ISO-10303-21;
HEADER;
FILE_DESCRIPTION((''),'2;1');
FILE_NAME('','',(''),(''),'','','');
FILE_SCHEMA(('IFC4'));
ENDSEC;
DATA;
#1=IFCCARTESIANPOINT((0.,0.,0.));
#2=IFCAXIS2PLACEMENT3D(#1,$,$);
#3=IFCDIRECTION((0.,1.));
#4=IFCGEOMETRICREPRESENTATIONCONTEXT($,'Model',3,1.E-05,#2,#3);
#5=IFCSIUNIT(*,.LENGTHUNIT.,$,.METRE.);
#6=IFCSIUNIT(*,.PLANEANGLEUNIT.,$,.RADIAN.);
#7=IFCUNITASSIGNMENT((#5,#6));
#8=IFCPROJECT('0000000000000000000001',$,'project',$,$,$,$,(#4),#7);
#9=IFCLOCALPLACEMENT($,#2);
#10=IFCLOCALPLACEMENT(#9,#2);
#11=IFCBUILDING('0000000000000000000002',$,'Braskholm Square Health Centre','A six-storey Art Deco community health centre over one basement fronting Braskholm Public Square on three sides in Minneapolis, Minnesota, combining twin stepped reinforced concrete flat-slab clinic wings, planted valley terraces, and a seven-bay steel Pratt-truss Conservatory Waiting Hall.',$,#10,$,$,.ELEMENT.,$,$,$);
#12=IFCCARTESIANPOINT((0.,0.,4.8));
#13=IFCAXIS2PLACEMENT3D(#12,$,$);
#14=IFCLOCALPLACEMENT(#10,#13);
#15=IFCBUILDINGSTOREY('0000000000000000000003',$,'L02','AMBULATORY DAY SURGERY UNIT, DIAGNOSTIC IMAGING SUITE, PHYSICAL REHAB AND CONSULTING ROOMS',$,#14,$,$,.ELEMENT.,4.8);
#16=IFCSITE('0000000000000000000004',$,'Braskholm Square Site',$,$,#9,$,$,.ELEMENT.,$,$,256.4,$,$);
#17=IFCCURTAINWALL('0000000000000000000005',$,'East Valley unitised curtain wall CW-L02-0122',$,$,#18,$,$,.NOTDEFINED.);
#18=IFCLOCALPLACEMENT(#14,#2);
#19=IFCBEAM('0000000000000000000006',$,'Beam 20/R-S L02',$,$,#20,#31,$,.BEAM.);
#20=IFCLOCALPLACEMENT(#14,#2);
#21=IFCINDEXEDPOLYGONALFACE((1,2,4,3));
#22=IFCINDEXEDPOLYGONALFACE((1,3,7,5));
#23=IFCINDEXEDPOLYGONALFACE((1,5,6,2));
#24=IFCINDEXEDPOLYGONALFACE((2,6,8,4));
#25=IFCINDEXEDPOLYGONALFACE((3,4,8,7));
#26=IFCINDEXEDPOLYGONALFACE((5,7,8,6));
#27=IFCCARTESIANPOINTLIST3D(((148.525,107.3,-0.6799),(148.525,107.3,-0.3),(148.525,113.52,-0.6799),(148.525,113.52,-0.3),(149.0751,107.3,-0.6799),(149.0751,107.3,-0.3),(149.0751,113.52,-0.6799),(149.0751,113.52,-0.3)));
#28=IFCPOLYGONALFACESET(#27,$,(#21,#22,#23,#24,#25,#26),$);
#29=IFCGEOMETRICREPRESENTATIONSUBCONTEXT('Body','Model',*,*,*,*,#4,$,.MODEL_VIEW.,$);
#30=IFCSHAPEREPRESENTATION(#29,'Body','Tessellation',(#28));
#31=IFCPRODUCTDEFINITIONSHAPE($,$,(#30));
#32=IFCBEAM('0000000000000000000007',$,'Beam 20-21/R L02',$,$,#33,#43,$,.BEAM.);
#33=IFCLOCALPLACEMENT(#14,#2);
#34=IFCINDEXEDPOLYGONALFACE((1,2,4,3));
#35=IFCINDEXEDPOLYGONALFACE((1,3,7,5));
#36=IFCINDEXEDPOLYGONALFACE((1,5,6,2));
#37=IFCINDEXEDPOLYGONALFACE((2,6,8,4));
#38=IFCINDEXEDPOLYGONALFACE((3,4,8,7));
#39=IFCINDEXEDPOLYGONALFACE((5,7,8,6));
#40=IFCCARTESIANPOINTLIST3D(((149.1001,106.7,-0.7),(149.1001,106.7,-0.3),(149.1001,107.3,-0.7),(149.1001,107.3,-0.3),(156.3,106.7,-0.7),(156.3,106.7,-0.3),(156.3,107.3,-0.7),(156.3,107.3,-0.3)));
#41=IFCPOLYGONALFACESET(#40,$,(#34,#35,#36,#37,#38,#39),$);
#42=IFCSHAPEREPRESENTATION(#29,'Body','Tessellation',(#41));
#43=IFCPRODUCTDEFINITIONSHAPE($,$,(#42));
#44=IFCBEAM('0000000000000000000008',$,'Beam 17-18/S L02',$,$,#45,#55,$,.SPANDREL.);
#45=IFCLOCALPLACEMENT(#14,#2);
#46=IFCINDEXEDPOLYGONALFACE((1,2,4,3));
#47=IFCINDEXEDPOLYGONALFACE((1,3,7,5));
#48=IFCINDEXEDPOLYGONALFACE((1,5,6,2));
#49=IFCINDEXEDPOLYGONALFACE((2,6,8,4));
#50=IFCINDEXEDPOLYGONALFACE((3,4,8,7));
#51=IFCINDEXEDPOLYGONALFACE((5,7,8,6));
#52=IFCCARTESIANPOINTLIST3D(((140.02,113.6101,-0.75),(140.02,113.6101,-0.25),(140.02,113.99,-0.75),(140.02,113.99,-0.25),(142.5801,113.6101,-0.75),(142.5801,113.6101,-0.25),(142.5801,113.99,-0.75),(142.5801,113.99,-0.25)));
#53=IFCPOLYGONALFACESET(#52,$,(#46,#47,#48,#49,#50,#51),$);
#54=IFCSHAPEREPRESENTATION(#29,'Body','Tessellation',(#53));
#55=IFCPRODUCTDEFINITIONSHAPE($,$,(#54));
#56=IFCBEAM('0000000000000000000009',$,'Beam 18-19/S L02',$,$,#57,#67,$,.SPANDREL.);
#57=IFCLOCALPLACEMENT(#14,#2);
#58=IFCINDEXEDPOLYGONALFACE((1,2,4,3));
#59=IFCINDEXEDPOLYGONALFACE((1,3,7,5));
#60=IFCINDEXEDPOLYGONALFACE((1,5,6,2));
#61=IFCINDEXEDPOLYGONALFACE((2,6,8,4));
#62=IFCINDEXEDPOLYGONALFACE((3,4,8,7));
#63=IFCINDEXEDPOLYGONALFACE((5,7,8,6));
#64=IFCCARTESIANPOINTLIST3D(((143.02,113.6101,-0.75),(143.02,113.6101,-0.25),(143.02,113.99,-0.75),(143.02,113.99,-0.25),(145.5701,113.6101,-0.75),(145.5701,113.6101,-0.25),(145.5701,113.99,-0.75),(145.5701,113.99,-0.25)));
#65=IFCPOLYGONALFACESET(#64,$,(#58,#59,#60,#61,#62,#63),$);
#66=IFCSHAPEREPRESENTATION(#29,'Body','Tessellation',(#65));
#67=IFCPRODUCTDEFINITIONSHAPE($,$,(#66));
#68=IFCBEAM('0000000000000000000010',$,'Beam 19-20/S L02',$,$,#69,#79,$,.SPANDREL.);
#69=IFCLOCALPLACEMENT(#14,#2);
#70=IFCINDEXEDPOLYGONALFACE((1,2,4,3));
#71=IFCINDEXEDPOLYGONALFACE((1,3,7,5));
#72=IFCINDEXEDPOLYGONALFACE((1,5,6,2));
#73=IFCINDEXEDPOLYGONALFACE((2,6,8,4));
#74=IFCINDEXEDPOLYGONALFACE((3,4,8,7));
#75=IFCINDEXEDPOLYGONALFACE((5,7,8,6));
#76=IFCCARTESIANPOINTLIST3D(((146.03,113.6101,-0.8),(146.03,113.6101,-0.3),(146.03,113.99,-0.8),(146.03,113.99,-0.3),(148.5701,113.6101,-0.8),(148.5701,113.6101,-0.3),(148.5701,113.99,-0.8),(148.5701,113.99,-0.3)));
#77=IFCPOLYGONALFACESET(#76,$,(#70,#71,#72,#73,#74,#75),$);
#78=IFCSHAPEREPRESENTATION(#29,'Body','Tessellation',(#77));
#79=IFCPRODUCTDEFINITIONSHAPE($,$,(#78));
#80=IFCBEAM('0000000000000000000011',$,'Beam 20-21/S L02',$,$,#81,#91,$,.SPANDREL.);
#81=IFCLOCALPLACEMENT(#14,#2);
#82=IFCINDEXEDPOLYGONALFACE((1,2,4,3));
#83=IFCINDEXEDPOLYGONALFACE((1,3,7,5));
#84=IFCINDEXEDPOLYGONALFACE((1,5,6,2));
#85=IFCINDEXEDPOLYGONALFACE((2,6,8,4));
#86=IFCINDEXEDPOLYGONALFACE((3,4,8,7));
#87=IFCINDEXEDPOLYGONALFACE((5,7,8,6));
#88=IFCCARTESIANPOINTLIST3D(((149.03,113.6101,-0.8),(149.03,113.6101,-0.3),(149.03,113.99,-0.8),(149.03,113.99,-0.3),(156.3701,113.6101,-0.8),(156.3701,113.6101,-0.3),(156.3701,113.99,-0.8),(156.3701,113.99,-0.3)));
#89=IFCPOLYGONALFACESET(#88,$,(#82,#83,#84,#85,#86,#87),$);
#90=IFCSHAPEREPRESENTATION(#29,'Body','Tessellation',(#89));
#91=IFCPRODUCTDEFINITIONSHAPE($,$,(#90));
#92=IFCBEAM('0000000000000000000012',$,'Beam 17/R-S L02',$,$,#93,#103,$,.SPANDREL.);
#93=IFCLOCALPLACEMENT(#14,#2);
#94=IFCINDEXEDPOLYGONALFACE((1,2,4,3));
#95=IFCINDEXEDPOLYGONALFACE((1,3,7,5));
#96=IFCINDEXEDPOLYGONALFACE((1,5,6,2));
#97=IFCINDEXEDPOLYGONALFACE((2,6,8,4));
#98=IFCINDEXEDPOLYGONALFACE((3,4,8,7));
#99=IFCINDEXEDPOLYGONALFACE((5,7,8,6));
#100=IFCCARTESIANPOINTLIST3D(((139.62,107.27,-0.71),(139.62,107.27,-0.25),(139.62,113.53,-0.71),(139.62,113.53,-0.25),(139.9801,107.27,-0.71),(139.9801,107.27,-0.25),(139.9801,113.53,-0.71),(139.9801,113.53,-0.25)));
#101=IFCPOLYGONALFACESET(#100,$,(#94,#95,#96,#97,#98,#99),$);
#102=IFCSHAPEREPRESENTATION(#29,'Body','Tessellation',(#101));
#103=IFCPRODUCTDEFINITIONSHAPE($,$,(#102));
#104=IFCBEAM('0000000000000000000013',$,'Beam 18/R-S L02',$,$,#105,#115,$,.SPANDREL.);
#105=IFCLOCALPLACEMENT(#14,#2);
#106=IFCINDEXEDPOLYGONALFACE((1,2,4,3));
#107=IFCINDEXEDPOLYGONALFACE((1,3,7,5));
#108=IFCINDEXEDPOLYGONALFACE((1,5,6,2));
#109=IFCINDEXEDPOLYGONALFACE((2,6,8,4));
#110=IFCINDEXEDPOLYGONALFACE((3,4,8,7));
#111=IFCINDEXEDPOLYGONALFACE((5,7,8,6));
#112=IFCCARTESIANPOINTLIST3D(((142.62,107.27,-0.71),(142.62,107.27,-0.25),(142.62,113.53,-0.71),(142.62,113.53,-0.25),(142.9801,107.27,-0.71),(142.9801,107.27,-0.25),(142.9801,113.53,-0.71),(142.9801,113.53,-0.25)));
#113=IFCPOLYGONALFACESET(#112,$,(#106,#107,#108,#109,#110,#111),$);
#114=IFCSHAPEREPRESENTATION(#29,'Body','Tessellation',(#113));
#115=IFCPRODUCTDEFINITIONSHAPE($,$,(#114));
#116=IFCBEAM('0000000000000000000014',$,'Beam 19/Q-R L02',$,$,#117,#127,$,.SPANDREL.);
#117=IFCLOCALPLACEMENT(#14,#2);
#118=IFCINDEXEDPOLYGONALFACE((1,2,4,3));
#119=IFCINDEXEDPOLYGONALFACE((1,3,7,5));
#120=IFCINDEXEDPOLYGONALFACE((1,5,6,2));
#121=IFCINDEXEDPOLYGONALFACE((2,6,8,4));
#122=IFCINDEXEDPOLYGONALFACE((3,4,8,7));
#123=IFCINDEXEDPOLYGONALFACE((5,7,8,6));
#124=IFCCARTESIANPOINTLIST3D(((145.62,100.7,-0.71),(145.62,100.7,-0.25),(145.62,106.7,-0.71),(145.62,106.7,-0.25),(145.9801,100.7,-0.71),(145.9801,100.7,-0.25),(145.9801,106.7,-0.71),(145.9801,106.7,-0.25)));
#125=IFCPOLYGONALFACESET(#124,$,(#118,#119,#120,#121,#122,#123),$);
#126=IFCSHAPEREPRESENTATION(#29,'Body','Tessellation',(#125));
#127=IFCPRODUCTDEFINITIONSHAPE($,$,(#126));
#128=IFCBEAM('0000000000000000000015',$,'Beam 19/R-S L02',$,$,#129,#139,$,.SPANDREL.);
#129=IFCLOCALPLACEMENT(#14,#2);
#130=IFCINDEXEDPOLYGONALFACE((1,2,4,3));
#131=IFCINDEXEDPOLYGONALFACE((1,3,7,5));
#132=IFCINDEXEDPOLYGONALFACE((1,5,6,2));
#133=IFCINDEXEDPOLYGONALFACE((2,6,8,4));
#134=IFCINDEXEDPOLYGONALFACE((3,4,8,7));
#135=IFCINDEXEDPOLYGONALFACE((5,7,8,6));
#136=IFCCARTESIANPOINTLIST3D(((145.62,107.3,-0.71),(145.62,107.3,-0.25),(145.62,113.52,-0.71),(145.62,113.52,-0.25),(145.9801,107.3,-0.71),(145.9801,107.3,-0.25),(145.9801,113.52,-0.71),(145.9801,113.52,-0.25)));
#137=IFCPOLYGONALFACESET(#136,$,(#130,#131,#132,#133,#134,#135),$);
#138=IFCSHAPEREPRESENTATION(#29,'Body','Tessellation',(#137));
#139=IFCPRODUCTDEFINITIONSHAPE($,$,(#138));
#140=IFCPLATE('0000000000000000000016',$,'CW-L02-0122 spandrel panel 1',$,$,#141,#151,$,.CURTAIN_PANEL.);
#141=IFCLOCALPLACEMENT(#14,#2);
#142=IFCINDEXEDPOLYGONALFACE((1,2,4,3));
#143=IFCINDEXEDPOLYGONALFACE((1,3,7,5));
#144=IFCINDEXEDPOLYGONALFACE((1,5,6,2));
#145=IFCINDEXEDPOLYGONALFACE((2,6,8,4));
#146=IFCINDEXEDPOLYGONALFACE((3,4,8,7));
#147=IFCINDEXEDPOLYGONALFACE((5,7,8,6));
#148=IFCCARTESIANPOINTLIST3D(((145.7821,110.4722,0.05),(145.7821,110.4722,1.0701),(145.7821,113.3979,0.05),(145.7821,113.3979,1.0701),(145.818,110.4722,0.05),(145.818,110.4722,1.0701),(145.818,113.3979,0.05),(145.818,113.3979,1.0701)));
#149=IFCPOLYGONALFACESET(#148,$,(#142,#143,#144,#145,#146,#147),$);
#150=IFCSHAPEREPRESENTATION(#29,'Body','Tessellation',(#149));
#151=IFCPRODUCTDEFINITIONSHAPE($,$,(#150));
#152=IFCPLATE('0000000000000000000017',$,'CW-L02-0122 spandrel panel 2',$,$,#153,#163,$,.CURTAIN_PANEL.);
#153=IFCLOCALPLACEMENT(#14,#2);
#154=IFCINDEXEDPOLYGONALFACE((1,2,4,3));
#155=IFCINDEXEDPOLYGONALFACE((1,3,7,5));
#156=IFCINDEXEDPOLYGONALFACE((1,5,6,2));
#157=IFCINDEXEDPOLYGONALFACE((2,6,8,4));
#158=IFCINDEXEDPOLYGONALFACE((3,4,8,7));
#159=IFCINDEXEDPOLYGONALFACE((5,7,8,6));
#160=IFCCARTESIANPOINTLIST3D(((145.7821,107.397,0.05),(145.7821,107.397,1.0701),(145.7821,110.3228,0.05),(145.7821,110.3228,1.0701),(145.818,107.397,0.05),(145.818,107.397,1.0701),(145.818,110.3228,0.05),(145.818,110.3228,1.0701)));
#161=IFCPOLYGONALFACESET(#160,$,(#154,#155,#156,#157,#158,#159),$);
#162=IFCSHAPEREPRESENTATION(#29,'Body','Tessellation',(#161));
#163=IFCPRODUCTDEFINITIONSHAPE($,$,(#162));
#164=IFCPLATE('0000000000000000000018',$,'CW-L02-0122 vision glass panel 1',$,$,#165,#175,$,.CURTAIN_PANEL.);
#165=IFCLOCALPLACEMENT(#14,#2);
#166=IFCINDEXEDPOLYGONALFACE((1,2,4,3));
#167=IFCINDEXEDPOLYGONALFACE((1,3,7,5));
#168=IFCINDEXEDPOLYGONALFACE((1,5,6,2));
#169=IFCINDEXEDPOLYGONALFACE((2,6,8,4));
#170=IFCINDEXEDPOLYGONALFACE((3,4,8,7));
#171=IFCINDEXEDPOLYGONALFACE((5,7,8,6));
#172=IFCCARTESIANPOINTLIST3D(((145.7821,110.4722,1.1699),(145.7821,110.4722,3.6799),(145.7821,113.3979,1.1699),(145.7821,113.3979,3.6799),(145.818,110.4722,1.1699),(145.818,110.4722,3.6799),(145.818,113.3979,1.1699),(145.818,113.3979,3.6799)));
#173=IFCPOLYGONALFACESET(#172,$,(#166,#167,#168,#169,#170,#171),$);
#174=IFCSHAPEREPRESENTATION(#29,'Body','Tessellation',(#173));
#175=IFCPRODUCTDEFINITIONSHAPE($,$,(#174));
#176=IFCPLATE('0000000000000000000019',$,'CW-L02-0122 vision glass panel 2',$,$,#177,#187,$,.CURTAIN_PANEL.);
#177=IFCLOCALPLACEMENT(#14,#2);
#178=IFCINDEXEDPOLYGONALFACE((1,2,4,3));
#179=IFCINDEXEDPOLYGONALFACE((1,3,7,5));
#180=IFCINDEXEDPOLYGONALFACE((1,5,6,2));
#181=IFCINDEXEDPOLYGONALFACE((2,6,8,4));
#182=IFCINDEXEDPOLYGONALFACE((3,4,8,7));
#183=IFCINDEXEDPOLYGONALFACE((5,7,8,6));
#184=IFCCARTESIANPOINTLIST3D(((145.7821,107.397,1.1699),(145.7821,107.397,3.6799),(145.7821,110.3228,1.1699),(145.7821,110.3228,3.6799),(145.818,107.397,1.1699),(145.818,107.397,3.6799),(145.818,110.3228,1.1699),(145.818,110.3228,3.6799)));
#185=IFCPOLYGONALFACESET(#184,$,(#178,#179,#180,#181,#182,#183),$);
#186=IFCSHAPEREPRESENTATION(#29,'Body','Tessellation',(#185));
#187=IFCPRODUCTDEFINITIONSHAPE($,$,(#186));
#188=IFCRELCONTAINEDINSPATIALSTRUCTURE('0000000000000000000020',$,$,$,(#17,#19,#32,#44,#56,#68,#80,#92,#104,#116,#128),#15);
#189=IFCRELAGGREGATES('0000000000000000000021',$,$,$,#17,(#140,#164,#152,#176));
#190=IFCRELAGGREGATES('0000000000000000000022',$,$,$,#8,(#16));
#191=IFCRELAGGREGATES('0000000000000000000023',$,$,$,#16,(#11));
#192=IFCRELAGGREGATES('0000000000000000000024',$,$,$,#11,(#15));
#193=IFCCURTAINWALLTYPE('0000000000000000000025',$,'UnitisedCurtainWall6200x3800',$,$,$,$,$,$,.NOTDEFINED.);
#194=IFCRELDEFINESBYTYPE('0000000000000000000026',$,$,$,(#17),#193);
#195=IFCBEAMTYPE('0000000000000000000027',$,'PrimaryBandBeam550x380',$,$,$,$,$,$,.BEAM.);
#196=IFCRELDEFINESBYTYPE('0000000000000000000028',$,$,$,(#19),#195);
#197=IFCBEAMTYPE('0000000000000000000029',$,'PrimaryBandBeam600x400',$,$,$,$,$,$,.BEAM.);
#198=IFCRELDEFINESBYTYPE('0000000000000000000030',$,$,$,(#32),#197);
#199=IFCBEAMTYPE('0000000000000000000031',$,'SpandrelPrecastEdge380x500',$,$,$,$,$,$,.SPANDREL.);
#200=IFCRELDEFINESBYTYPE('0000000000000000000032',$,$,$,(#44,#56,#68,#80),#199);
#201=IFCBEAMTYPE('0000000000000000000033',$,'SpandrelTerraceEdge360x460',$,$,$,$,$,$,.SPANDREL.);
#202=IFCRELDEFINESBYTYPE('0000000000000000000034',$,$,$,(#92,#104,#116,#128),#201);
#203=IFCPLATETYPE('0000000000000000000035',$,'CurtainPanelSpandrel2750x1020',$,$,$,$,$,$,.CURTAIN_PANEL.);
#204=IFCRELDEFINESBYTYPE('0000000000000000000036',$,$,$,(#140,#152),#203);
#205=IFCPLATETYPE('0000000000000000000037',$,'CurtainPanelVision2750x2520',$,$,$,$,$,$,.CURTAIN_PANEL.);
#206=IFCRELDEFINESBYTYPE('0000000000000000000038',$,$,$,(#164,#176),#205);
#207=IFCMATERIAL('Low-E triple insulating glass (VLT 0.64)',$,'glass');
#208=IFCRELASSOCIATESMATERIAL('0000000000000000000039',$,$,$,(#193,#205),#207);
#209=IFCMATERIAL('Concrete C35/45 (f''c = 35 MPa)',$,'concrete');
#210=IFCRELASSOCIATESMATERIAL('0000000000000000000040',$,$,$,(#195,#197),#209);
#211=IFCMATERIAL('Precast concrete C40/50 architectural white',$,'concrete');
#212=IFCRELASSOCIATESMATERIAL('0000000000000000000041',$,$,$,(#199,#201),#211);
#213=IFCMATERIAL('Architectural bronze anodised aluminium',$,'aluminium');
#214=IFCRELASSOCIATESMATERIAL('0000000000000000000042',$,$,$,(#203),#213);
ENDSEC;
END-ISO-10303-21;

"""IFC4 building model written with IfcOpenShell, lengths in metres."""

from ifc_helpers import new_model, si_unit, direction, frame, origin, origin_2d, place, context, subcontext, project, spatial, rectangle, extrude, material, material_profile, profile_set, type_object, element, aggregate, save


model = new_model("IFC4")

# Units and contexts
model_context = context("Model", 3, precision=1e-05, world=origin(), true_north=direction((0.0, 1.0)))
body_context = subcontext(model_context, "Body", "Model", "MODEL_VIEW")
ifc_project = project(units=[si_unit("LENGTHUNIT", "METRE"), si_unit("PLANEANGLEUNIT", "RADIAN")], contexts=[model_context])

# Site, building, storey
site_placement = place(None, origin())
site = spatial("IfcSite", under=ifc_project, at=site_placement, Name="Braskholm Square Site", CompositionType="ELEMENT", RefElevation=256.4)
building_placement = place(site_placement, origin())
building = spatial("IfcBuilding", under=site, at=building_placement, Name="Braskholm Square Health Centre", Description="A six-storey Art Deco community health centre over one basement fronting Braskholm Public Square on three sides in Minneapolis, Minnesota, combining twin stepped reinforced concrete flat-slab clinic wings, planted valley terraces, and a seven-bay steel Pratt-truss Conservatory Waiting Hall.", CompositionType="ELEMENT")
storey_placement = place(building_placement, frame((0.0, 0.0, 4.8)))
storey = spatial("IfcBuildingStorey", under=building, at=storey_placement, Name="L02", Description="AMBULATORY DAY SURGERY UNIT, DIAGNOSTIC IMAGING SUITE, PHYSICAL REHAB AND CONSULTING ROOMS", CompositionType="ELEMENT", Elevation=4.8)

# Shared definitions
ifc_material_1 = material(Name="Precast concrete C40/50 architectural white", Category="concrete")

# Curtain wall
ifc_material_2 = material(Name="Low-E triple insulating glass (VLT 0.64)", Category="glass")
curtain_wall_type_1 = type_object("IfcCurtainWallType", Name="UnitisedCurtainWall6200x3800", PredefinedType="NOTDEFINED", material=ifc_material_2)
curtain_wall_1_placement = place(storey_placement, origin())
curtain_wall_1 = element("IfcCurtainWall", 1, at=curtain_wall_1_placement, inside=storey, type_object=curtain_wall_type_1, Name="East Valley unitised curtain wall CW-L02-0122", PredefinedType="NOTDEFINED")
ifc_material_3 = material(Name="Architectural bronze anodised aluminium", Category="aluminium")

# Beams
ifc_material_4 = material(Name="Concrete C35/45 (f'c = 35 MPa)", Category="concrete")
ifc_material_profile_1 = material_profile(ifc_material_4, rectangle(XDim=0.55, YDim=0.3799, at=origin_2d()), Name="RCB-550X380")
ifc_profile_set_1 = profile_set([ifc_material_profile_1], Name="Concrete C35/45 (f'c = 35 MPa)")
beam_type_1 = type_object("IfcBeamType", Name="PrimaryBandBeam550x380", PredefinedType="BEAM", material=ifc_profile_set_1)
beam_1_placement = place(storey_placement, frame((148.8, 107.3, -0.49), z_axis=(0.0, 1.0, 0.0), x_axis=(-1.0, 0.0, 0.0)))
element("IfcBeam", 2, at=beam_1_placement, inside=storey, type_object=beam_type_1, Name="Beam 20/R-S L02", PredefinedType="BEAM", context=body_context, shape_type="SweptSolid", body=[
    extrude(rectangle(XDim=0.55, YDim=0.3799, at=origin_2d()), origin(), (0.0, 0.0, 1.0), 6.22),
])
ifc_material_profile_2 = material_profile(ifc_material_4, rectangle(XDim=0.6001, YDim=0.3999, at=origin_2d()), Name="RCB-600X400")
ifc_profile_set_2 = profile_set([ifc_material_profile_2], Name="Concrete C35/45 (f'c = 35 MPa)")
beam_type_2 = type_object("IfcBeamType", Name="PrimaryBandBeam600x400", PredefinedType="BEAM", material=ifc_profile_set_2)
beam_2_placement = place(storey_placement, frame((149.1001, 107.0, -0.5), z_axis=(1.0, 0.0, 0.0), x_axis=(0.0, 1.0, 0.0)))
element("IfcBeam", 3, at=beam_2_placement, inside=storey, type_object=beam_type_2, Name="Beam 20-21/R L02", PredefinedType="BEAM", context=body_context, shape_type="SweptSolid", body=[
    extrude(rectangle(XDim=0.6001, YDim=0.3999, at=origin_2d()), origin(), (0.0, 0.0, 1.0), 7.2),
])
ifc_material_profile_3 = material_profile(ifc_material_1, rectangle(XDim=0.3799, YDim=0.5, at=origin_2d()), Name="RCB-380X500")
ifc_profile_set_3 = profile_set([ifc_material_profile_3], Name="Precast concrete C40/50 architectural white")
beam_type_3 = type_object("IfcBeamType", Name="SpandrelPrecastEdge380x500", PredefinedType="SPANDREL", material=ifc_profile_set_3)
beam_3_placement = place(storey_placement, frame((140.02, 113.8, -0.5), z_axis=(1.0, 0.0, 0.0), x_axis=(0.0, 1.0, 0.0)))
element("IfcBeam", 4, at=beam_3_placement, inside=storey, type_object=beam_type_3, Name="Beam 17-18/S L02", PredefinedType="SPANDREL", context=body_context, shape_type="SweptSolid", body=[
    extrude(rectangle(XDim=0.3799, YDim=0.5, at=origin_2d()), origin(), (0.0, 0.0, 1.0), 2.5601),
])
beam_4_placement = place(storey_placement, frame((143.02, 113.8, -0.5), z_axis=(1.0, 0.0, 0.0), x_axis=(0.0, 1.0, 0.0)))
element("IfcBeam", 5, at=beam_4_placement, inside=storey, type_object=beam_type_3, Name="Beam 18-19/S L02", PredefinedType="SPANDREL", context=body_context, shape_type="SweptSolid", body=[
    extrude(rectangle(XDim=0.3799, YDim=0.5, at=origin_2d()), origin(), (0.0, 0.0, 1.0), 2.55),
])
beam_5_placement = place(storey_placement, frame((146.03, 113.8, -0.55), z_axis=(1.0, 0.0, 0.0), x_axis=(0.0, 1.0, 0.0)))
element("IfcBeam", 6, at=beam_5_placement, inside=storey, type_object=beam_type_3, Name="Beam 19-20/S L02", PredefinedType="SPANDREL", context=body_context, shape_type="SweptSolid", body=[
    extrude(rectangle(XDim=0.3799, YDim=0.5, at=origin_2d()), origin(), (0.0, 0.0, 1.0), 2.54),
])
beam_6_placement = place(storey_placement, frame((149.03, 113.8, -0.55), z_axis=(1.0, 0.0, 0.0), x_axis=(0.0, 1.0, 0.0)))
element("IfcBeam", 7, at=beam_6_placement, inside=storey, type_object=beam_type_3, Name="Beam 20-21/S L02", PredefinedType="SPANDREL", context=body_context, shape_type="SweptSolid", body=[
    extrude(rectangle(XDim=0.3799, YDim=0.5, at=origin_2d()), origin(), (0.0, 0.0, 1.0), 7.3401),
])
ifc_material_profile_4 = material_profile(ifc_material_1, rectangle(XDim=0.3601, YDim=0.46, at=origin_2d()), Name="RCB-360X460")
ifc_profile_set_4 = profile_set([ifc_material_profile_4], Name="Precast concrete C40/50 architectural white")
beam_type_4 = type_object("IfcBeamType", Name="SpandrelTerraceEdge360x460", PredefinedType="SPANDREL", material=ifc_profile_set_4)
for number, where, z_axis, x_axis, name in (
    (8, (139.8, 107.27, -0.48), (0.0, 1.0, 0.0), (-1.0, 0.0, 0.0), "Beam 17/R-S L02"),
    (9, (142.8, 107.27, -0.48), (0.0, 1.0, 0.0), (-1.0, 0.0, 0.0), "Beam 18/R-S L02"),
):
    element("IfcBeam", number, at=place(storey_placement, frame(where, z_axis=z_axis, x_axis=x_axis)), inside=storey, type_object=beam_type_4, Name=name, PredefinedType="SPANDREL", context=body_context, shape_type="SweptSolid", body=[
        extrude(rectangle(XDim=0.3601, YDim=0.46, at=origin_2d()), origin(), (0.0, 0.0, 1.0), 6.26),
    ])
beam_7_placement = place(storey_placement, frame((145.8, 100.7, -0.48), z_axis=(0.0, 1.0, 0.0), x_axis=(-1.0, 0.0, 0.0)))
element("IfcBeam", 10, at=beam_7_placement, inside=storey, type_object=beam_type_4, Name="Beam 19/Q-R L02", PredefinedType="SPANDREL", context=body_context, shape_type="SweptSolid", body=[
    extrude(rectangle(XDim=0.3601, YDim=0.46, at=origin_2d()), origin(), (0.0, 0.0, 1.0), 6.0),
])
beam_8_placement = place(storey_placement, frame((145.8, 107.3, -0.48), z_axis=(0.0, 1.0, 0.0), x_axis=(-1.0, 0.0, 0.0)))
element("IfcBeam", 11, at=beam_8_placement, inside=storey, type_object=beam_type_4, Name="Beam 19/R-S L02", PredefinedType="SPANDREL", context=body_context, shape_type="SweptSolid", body=[
    extrude(rectangle(XDim=0.3601, YDim=0.46, at=origin_2d()), origin(), (0.0, 0.0, 1.0), 6.22),
])

# Plates
plate_type_1 = type_object("IfcPlateType", Name="CurtainPanelSpandrel2750x1020", PredefinedType="CURTAIN_PANEL", material=ifc_material_3)
plate_1_placement = place(storey_placement, frame((145.8, 111.9351, 0.05), z_axis=(0.0, 0.0, 1.0), x_axis=(0.0, -1.0, 0.0)))
plate_1 = element("IfcPlate", 12, at=plate_1_placement, type_object=plate_type_1, Name="CW-L02-0122 spandrel panel 1", PredefinedType="CURTAIN_PANEL", context=body_context, shape_type="SweptSolid", body=[
    extrude(rectangle(XDim=2.9258, YDim=0.0359, at=origin_2d()), origin(), (0.0, 0.0, 1.0), 1.02),
])
plate_2_placement = place(storey_placement, frame((145.8, 108.8599, 0.05), z_axis=(0.0, 0.0, 1.0), x_axis=(0.0, -1.0, 0.0)))
plate_2 = element("IfcPlate", 13, at=plate_2_placement, type_object=plate_type_1, Name="CW-L02-0122 spandrel panel 2", PredefinedType="CURTAIN_PANEL", context=body_context, shape_type="SweptSolid", body=[
    extrude(rectangle(XDim=2.9258, YDim=0.0359, at=origin_2d()), origin(), (0.0, 0.0, 1.0), 1.02),
])
plate_type_2 = type_object("IfcPlateType", Name="CurtainPanelVision2750x2520", PredefinedType="CURTAIN_PANEL", material=ifc_material_2)
plate_3_placement = place(storey_placement, frame((145.8, 111.9351, 1.1699), z_axis=(0.0, 0.0, 1.0), x_axis=(0.0, -1.0, 0.0)))
plate_3 = element("IfcPlate", 14, at=plate_3_placement, type_object=plate_type_2, Name="CW-L02-0122 vision glass panel 1", PredefinedType="CURTAIN_PANEL", context=body_context, shape_type="SweptSolid", body=[
    extrude(rectangle(XDim=2.9258, YDim=0.0359, at=origin_2d()), origin(), (0.0, 0.0, 1.0), 2.51),
])
plate_4_placement = place(storey_placement, frame((145.8, 108.8599, 1.1699), z_axis=(0.0, 0.0, 1.0), x_axis=(0.0, -1.0, 0.0)))
plate_4 = element("IfcPlate", 15, at=plate_4_placement, type_object=plate_type_2, Name="CW-L02-0122 vision glass panel 2", PredefinedType="CURTAIN_PANEL", context=body_context, shape_type="SweptSolid", body=[
    extrude(rectangle(XDim=2.9258, YDim=0.0359, at=origin_2d()), origin(), (0.0, 0.0, 1.0), 2.51),
])
aggregate(curtain_wall_1, [plate_1, plate_3, plate_2, plate_4])

save(model, "model.ifc")
